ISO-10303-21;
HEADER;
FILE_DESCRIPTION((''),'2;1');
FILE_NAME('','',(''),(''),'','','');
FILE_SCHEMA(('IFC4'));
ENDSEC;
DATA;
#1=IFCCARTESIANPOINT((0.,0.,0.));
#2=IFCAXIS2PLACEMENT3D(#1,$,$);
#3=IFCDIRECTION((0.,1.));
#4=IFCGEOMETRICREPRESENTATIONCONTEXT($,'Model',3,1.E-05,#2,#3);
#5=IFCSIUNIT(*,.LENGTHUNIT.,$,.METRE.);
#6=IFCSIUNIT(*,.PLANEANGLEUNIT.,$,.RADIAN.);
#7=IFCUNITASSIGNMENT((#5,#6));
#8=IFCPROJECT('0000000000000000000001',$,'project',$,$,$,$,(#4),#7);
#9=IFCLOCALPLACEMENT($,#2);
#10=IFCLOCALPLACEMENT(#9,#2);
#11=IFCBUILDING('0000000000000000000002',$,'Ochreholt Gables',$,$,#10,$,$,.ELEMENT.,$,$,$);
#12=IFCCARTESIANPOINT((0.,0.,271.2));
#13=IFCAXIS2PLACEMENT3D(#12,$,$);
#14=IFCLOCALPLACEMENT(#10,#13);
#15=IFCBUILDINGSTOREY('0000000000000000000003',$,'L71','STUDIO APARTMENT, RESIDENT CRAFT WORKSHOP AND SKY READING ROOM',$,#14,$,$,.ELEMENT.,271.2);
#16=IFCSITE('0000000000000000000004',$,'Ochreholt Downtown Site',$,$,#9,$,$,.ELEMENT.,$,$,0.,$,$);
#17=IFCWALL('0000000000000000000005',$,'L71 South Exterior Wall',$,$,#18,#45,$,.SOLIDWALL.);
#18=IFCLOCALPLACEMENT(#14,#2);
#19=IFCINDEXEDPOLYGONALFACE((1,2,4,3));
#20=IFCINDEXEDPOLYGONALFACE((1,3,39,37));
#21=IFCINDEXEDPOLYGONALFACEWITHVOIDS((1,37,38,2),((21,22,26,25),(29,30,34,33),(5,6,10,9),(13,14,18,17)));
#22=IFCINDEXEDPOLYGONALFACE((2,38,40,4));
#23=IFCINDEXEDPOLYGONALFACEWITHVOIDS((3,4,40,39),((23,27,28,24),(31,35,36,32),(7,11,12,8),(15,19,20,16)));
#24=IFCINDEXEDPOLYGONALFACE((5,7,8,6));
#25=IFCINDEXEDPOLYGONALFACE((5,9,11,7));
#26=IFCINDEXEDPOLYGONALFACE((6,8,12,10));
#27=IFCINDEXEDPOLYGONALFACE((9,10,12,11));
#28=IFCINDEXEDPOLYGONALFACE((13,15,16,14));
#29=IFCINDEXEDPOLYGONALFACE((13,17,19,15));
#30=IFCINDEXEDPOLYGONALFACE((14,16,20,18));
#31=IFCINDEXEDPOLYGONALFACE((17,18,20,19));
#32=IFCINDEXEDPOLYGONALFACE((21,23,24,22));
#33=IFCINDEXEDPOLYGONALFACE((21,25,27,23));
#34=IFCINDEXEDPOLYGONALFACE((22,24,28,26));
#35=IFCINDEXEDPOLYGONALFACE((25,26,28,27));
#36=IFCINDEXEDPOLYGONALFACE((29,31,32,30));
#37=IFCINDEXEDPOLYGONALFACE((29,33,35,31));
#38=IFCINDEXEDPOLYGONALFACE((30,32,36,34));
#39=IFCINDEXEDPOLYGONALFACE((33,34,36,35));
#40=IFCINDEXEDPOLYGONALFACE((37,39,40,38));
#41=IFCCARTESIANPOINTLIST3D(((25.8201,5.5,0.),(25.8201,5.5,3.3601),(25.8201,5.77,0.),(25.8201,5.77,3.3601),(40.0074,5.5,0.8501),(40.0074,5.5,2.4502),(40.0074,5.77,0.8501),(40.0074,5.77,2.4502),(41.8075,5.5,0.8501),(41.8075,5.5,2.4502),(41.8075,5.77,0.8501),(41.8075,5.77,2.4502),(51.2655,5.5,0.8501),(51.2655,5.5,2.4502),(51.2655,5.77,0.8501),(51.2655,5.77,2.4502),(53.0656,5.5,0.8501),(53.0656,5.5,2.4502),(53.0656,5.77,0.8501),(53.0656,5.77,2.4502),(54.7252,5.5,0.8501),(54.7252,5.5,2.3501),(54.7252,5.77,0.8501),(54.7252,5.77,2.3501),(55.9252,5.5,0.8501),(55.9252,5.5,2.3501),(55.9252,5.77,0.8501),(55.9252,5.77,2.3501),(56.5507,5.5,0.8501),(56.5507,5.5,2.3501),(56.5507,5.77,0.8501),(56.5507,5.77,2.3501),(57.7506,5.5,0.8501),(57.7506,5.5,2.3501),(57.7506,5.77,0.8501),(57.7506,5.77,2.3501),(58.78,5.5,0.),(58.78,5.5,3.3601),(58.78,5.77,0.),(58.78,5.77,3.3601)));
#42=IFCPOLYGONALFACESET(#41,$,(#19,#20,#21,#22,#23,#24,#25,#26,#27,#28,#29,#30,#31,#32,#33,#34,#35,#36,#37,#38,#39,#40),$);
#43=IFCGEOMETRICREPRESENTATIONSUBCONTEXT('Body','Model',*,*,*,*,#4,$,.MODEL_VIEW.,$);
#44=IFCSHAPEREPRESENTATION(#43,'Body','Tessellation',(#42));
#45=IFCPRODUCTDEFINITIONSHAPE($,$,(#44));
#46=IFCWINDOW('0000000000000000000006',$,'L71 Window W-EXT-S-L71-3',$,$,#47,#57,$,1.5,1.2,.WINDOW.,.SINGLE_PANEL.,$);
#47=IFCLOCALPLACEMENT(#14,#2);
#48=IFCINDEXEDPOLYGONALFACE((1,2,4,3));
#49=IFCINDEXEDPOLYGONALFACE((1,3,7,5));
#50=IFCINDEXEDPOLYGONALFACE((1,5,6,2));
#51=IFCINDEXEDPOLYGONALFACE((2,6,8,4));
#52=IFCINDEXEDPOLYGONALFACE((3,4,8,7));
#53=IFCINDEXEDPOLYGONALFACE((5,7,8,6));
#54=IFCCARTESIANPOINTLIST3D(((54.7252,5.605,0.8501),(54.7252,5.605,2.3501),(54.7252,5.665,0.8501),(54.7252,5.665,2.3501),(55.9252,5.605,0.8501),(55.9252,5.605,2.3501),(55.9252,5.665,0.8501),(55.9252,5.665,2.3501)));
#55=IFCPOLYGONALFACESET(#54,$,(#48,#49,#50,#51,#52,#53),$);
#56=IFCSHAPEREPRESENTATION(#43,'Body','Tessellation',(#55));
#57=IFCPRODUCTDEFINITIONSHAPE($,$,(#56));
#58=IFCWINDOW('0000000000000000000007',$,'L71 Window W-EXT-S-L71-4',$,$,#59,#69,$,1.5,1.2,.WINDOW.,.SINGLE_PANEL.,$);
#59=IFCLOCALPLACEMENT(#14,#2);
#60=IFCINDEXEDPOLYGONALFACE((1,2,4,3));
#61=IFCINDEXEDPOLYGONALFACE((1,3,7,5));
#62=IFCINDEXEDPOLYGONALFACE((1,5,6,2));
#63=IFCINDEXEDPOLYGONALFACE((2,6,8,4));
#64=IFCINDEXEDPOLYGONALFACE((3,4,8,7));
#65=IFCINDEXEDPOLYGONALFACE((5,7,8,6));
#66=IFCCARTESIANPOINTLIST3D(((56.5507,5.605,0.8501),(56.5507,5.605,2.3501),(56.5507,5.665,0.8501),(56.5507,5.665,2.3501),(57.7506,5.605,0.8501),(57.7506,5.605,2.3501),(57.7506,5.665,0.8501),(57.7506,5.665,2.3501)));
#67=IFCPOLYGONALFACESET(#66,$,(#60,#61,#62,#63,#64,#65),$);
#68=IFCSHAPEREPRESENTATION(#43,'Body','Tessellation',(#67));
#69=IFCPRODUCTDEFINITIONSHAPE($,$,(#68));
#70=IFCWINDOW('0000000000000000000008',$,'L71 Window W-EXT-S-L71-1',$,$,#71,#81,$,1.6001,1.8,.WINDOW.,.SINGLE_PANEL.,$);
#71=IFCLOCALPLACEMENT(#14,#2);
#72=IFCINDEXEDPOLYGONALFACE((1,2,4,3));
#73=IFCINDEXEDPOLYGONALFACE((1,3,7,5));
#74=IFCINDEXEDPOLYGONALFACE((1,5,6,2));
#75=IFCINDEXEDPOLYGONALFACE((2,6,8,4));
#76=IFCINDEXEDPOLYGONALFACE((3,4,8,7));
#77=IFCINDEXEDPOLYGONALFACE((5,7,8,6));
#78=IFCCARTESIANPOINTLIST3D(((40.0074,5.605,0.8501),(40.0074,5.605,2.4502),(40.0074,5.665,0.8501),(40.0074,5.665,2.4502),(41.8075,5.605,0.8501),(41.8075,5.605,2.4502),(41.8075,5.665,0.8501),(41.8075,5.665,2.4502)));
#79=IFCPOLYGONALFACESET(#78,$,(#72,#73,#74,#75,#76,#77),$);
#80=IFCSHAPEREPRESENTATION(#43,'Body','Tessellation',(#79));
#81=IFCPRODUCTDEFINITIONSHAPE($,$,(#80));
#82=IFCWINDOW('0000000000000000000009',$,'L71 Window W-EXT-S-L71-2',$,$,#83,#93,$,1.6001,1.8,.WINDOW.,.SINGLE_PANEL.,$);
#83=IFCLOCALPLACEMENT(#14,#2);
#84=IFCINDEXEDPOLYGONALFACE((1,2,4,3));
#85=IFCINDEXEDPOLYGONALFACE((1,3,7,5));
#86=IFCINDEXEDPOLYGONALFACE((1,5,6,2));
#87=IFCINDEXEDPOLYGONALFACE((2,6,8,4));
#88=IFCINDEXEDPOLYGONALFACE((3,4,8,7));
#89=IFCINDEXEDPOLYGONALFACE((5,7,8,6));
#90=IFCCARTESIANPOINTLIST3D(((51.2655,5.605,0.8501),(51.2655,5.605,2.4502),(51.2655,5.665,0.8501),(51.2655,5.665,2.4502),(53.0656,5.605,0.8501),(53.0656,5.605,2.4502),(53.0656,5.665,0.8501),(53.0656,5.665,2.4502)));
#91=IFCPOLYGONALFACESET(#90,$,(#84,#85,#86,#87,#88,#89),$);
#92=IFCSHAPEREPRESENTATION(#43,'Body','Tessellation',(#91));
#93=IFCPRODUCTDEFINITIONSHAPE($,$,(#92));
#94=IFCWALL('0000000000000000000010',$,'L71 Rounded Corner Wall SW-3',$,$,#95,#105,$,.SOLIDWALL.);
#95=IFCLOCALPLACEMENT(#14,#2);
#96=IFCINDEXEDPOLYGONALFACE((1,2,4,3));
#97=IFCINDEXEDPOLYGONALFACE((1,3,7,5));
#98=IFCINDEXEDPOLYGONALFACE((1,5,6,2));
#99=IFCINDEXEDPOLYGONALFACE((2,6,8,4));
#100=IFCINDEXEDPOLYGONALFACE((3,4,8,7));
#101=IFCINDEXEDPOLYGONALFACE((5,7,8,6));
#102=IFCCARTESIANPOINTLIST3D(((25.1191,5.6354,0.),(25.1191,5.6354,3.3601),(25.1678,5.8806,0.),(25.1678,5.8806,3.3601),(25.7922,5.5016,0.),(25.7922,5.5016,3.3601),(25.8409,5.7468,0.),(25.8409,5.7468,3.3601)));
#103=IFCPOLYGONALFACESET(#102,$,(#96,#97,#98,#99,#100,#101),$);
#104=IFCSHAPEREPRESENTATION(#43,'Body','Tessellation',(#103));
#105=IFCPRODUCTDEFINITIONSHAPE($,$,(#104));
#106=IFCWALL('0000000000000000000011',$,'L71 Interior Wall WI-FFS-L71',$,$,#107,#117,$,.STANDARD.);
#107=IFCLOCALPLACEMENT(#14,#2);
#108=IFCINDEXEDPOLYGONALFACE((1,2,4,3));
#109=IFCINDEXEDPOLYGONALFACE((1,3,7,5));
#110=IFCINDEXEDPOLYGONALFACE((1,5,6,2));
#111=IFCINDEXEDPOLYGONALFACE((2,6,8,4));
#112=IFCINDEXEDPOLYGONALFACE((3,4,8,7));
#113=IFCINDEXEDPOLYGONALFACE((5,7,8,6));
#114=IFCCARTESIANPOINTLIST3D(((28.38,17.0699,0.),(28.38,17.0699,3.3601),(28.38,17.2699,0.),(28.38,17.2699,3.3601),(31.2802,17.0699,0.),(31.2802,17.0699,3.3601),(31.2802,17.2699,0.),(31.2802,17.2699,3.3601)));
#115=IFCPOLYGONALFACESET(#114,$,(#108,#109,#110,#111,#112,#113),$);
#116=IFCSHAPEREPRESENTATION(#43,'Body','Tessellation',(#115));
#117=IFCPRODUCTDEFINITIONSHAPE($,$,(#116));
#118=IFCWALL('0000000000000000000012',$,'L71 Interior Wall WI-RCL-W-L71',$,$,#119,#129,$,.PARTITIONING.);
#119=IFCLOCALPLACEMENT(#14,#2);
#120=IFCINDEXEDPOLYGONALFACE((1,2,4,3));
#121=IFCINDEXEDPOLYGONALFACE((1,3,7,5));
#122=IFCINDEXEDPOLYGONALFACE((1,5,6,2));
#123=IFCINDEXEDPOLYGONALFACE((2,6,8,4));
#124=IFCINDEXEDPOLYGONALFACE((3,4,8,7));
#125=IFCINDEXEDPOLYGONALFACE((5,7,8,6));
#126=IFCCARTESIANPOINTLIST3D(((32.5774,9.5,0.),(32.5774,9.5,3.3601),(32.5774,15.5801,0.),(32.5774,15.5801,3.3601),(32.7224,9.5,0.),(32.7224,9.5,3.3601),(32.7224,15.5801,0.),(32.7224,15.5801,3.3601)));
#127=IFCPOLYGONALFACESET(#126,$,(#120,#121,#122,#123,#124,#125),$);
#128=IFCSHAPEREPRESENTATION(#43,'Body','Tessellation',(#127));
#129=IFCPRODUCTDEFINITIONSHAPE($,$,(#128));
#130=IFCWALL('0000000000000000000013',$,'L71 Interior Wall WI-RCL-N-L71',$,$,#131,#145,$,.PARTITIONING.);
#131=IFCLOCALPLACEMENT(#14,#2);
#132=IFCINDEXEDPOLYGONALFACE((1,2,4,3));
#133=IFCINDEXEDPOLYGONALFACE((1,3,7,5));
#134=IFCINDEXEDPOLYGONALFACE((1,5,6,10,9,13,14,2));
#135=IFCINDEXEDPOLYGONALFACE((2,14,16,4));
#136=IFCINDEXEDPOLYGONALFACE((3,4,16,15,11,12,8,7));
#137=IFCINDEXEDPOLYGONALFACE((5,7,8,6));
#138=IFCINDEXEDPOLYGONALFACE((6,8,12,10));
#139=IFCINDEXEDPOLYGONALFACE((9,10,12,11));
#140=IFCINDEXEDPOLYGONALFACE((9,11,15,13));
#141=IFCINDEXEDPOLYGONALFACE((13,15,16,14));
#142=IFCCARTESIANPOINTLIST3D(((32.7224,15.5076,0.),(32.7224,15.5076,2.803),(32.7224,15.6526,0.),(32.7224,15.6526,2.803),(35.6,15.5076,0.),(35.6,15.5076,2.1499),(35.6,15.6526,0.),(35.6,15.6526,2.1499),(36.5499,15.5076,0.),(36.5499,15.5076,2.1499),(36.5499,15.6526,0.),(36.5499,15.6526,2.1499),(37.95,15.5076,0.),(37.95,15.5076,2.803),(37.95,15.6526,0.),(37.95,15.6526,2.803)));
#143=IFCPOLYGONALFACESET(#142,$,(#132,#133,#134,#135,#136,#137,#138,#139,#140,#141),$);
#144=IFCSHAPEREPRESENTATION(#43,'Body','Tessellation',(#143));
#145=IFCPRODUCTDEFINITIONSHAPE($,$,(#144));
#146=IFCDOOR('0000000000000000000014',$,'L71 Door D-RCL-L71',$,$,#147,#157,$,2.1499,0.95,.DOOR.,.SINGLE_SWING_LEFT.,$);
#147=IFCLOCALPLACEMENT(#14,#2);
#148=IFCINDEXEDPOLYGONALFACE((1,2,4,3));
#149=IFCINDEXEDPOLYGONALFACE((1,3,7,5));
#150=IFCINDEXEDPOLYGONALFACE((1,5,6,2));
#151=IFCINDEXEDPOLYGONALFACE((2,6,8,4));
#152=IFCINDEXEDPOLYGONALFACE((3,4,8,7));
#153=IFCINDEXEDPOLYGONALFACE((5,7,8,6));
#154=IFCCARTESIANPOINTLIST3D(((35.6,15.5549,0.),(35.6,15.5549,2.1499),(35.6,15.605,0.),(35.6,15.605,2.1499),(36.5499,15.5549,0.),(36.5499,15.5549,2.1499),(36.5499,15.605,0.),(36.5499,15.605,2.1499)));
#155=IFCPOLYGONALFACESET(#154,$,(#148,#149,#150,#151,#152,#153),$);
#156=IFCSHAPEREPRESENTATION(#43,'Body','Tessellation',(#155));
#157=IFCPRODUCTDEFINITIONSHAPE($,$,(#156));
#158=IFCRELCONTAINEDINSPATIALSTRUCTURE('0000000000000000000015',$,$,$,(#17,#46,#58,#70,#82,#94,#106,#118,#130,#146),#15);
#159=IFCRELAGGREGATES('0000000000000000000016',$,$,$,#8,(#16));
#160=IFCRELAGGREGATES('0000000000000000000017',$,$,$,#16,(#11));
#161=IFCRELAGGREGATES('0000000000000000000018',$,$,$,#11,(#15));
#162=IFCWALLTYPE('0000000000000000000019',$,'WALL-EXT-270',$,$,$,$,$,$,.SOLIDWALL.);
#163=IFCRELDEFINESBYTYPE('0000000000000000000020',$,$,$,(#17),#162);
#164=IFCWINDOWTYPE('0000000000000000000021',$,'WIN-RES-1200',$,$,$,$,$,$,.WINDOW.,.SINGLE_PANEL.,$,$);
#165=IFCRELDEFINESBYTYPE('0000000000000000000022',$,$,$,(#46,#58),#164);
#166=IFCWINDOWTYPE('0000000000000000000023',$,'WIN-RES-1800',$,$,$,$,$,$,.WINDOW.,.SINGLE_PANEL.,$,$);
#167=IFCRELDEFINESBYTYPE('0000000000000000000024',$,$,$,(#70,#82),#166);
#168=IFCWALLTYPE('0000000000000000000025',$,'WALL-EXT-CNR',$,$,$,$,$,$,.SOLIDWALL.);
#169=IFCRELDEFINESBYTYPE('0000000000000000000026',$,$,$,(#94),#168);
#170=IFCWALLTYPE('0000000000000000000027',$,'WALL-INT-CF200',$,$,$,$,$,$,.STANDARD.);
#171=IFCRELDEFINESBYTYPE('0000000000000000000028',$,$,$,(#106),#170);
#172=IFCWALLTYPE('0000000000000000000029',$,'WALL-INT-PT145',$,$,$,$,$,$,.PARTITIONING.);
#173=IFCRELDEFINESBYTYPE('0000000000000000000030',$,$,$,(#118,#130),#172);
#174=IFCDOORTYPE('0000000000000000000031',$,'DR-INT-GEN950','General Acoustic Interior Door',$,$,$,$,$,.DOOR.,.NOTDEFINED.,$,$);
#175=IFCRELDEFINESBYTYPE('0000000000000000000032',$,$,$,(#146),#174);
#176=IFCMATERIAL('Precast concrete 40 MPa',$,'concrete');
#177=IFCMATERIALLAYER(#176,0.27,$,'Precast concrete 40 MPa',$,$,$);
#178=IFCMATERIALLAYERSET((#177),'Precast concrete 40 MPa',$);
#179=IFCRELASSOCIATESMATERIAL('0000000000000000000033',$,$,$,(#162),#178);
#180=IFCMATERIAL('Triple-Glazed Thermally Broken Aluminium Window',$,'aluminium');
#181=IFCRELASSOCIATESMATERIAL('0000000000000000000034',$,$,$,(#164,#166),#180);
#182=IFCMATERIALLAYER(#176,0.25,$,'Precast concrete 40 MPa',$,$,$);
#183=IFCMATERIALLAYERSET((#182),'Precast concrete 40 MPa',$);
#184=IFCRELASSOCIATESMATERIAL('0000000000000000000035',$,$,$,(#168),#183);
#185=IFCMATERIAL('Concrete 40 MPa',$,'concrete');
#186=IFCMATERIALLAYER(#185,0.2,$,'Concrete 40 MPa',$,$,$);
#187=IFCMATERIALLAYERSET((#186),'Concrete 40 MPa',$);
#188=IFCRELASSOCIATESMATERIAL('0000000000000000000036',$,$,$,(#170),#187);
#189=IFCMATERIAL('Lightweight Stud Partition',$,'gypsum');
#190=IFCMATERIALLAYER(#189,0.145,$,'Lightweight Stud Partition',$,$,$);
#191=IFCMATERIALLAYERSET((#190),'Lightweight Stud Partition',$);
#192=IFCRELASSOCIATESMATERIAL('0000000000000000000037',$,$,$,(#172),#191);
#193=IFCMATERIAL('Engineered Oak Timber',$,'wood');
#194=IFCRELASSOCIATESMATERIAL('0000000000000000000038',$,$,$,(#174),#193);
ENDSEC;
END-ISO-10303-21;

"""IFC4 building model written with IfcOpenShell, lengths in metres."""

from ifc_helpers import new_model, si_unit, direction, frame, frame_2d, origin, place, context, subcontext, project, spatial, rectangle, extrude, material, layer, layer_set, type_object, element, fill, save


model = new_model("IFC4")

# Units and contexts
model_context = context("Model", 3, precision=1e-05, world=origin(), true_north=direction((0.0, 1.0)))
body_context = subcontext(model_context, "Body", "Model", "MODEL_VIEW")
ifc_project = project(units=[si_unit("LENGTHUNIT", "METRE"), si_unit("PLANEANGLEUNIT", "RADIAN")], contexts=[model_context])

# Site, building, storey
site_placement = place(None, origin())
site = spatial("IfcSite", under=ifc_project, at=site_placement, Name="Ochreholt Downtown Site", CompositionType="ELEMENT", RefElevation=0.0)
building_placement = place(site_placement, origin())
building = spatial("IfcBuilding", under=site, at=building_placement, Name="Ochreholt Gables", CompositionType="ELEMENT")
storey_placement = place(building_placement, frame((0.0, 0.0, 271.2)))
storey = spatial("IfcBuildingStorey", under=building, at=storey_placement, Name="L71", Description="STUDIO APARTMENT, RESIDENT CRAFT WORKSHOP AND SKY READING ROOM", CompositionType="ELEMENT", Elevation=271.2)

# Wall, openings, windows
ifc_material_1 = material(Name="Precast concrete 40 MPa", Category="concrete")
ifc_layer_1 = layer(ifc_material_1, 0.27, Name="Precast concrete 40 MPa")
ifc_layer_set_1 = layer_set([ifc_layer_1], Name="Precast concrete 40 MPa")
wall_type_1 = type_object("IfcWallType", Name="WALL-EXT-270", PredefinedType="SOLIDWALL", material=ifc_layer_set_1)
wall_1_placement = place(storey_placement, frame((25.8201, 5.635, 0.0), z_axis=(0.0, 0.0, 1.0), x_axis=(1.0, 0.0, 0.0)))
wall_1 = element("IfcWall", 1, at=wall_1_placement, inside=storey, type_object=wall_type_1, Name="L71 South Exterior Wall", PredefinedType="SOLIDWALL", context=body_context, shape_type="SweptSolid", body=[
    extrude(rectangle(XDim=32.96, YDim=0.27, at=frame_2d((16.48, 0.0))), origin(), (0.0, 0.0, 1.0), 3.3601),
])
opening_1_placement = place(wall_1_placement, frame((14.1875, 0.0, 0.8501)))
opening_1 = element("IfcOpeningElement", 2, at=opening_1_placement, cuts=wall_1, PredefinedType="OPENING", context=body_context, shape_type="SweptSolid", body=[
    extrude(rectangle(XDim=1.8, YDim=1.6001, at=frame_2d((0.8999, 0.8))), frame((0.0, 0.145, 0.0), z_axis=(0.0, -1.0, 0.0), x_axis=(1.0, 0.0, 0.0)), (0.0, 0.0, 1.0), 0.29),
])
opening_2_placement = place(wall_1_placement, frame((25.4456, 0.0, 0.8501)))
opening_2 = element("IfcOpeningElement", 3, at=opening_2_placement, cuts=wall_1, PredefinedType="OPENING", context=body_context, shape_type="SweptSolid", body=[
    extrude(rectangle(XDim=1.8, YDim=1.6001, at=frame_2d((0.8999, 0.8))), frame((0.0, 0.145, 0.0), z_axis=(0.0, -1.0, 0.0), x_axis=(1.0, 0.0, 0.0)), (0.0, 0.0, 1.0), 0.29),
])
opening_3_placement = place(wall_1_placement, frame((28.905, 0.0, 0.8501)))
opening_3 = element("IfcOpeningElement", 4, at=opening_3_placement, cuts=wall_1, PredefinedType="OPENING", context=body_context, shape_type="SweptSolid", body=[
    extrude(rectangle(XDim=1.2, YDim=1.5, at=frame_2d((0.6001, 0.75))), frame((0.0, 0.145, 0.0), z_axis=(0.0, -1.0, 0.0), x_axis=(1.0, 0.0, 0.0)), (0.0, 0.0, 1.0), 0.29),
])
opening_4_placement = place(wall_1_placement, frame((30.7305, 0.0, 0.8501)))
opening_4 = element("IfcOpeningElement", 5, at=opening_4_placement, cuts=wall_1, PredefinedType="OPENING", context=body_context, shape_type="SweptSolid", body=[
    extrude(rectangle(XDim=1.2, YDim=1.5, at=frame_2d((0.6001, 0.75))), frame((0.0, 0.145, 0.0), z_axis=(0.0, -1.0, 0.0), x_axis=(1.0, 0.0, 0.0)), (0.0, 0.0, 1.0), 0.29),
])
ifc_material_2 = material(Name="Triple-Glazed Thermally Broken Aluminium Window", Category="aluminium")
window_type_1 = type_object("IfcWindowType", Name="WIN-RES-1200", PartitioningType="SINGLE_PANEL", PredefinedType="WINDOW", material=ifc_material_2)
window_1_placement = place(opening_3_placement, origin())
window_1 = element("IfcWindow", 6, at=window_1_placement, inside=storey, type_object=window_type_1, Name="L71 Window W-EXT-S-L71-3", OverallHeight=1.5, OverallWidth=1.2, PartitioningType="SINGLE_PANEL", PredefinedType="WINDOW", context=body_context, shape_type="SweptSolid", body=[
    extrude(rectangle(XDim=1.2, YDim=1.5, at=frame_2d((0.6001, 0.75))), frame((0.0, 0.03, 0.0), z_axis=(0.0, -1.0, 0.0), x_axis=(1.0, 0.0, 0.0)), (0.0, 0.0, 1.0), 0.0601),
])
fill(opening_3, window_1)
window_2_placement = place(opening_4_placement, origin())
window_2 = element("IfcWindow", 7, at=window_2_placement, inside=storey, type_object=window_type_1, Name="L71 Window W-EXT-S-L71-4", OverallHeight=1.5, OverallWidth=1.2, PartitioningType="SINGLE_PANEL", PredefinedType="WINDOW", context=body_context, shape_type="SweptSolid", body=[
    extrude(rectangle(XDim=1.2, YDim=1.5, at=frame_2d((0.6001, 0.75))), frame((0.0, 0.03, 0.0), z_axis=(0.0, -1.0, 0.0), x_axis=(1.0, 0.0, 0.0)), (0.0, 0.0, 1.0), 0.0601),
])
fill(opening_4, window_2)
window_type_2 = type_object("IfcWindowType", Name="WIN-RES-1800", PartitioningType="SINGLE_PANEL", PredefinedType="WINDOW", material=ifc_material_2)
window_3_placement = place(opening_1_placement, origin())
window_3 = element("IfcWindow", 8, at=window_3_placement, inside=storey, type_object=window_type_2, Name="L71 Window W-EXT-S-L71-1", OverallHeight=1.6001, OverallWidth=1.8, PartitioningType="SINGLE_PANEL", PredefinedType="WINDOW", context=body_context, shape_type="SweptSolid", body=[
    extrude(rectangle(XDim=1.8, YDim=1.6001, at=frame_2d((0.8999, 0.8))), frame((0.0, 0.03, 0.0), z_axis=(0.0, -1.0, 0.0), x_axis=(1.0, 0.0, 0.0)), (0.0, 0.0, 1.0), 0.0601),
])
fill(opening_1, window_3)
window_4_placement = place(opening_2_placement, origin())
window_4 = element("IfcWindow", 9, at=window_4_placement, inside=storey, type_object=window_type_2, Name="L71 Window W-EXT-S-L71-2", OverallHeight=1.6001, OverallWidth=1.8, PartitioningType="SINGLE_PANEL", PredefinedType="WINDOW", context=body_context, shape_type="SweptSolid", body=[
    extrude(rectangle(XDim=1.8, YDim=1.6001, at=frame_2d((0.8999, 0.8))), frame((0.0, 0.03, 0.0), z_axis=(0.0, -1.0, 0.0), x_axis=(1.0, 0.0, 0.0)), (0.0, 0.0, 1.0), 0.0601),
])
fill(opening_2, window_4)

# Walls
ifc_layer_2 = layer(ifc_material_1, 0.25, Name="Precast concrete 40 MPa")
ifc_layer_set_2 = layer_set([ifc_layer_2], Name="Precast concrete 40 MPa")
wall_type_2 = type_object("IfcWallType", Name="WALL-EXT-CNR", PredefinedType="SOLIDWALL", material=ifc_layer_set_2)
wall_2_placement = place(storey_placement, frame((25.1433, 5.7581, 0.0), z_axis=(0.0, 0.0, 1.0), x_axis=(0.980813, -0.194953, 0.0)))
element("IfcWall", 10, at=wall_2_placement, inside=storey, type_object=wall_type_2, Name="L71 Rounded Corner Wall SW-3", PredefinedType="SOLIDWALL", context=body_context, shape_type="SweptSolid", body=[
    extrude(rectangle(XDim=0.6863, YDim=0.25, at=frame_2d((0.3433, 0.0))), origin(), (0.0, 0.0, 1.0), 3.3601),
])
ifc_material_3 = material(Name="Concrete 40 MPa", Category="concrete")
ifc_layer_3 = layer(ifc_material_3, 0.2, Name="Concrete 40 MPa")
ifc_layer_set_3 = layer_set([ifc_layer_3], Name="Concrete 40 MPa")
wall_type_3 = type_object("IfcWallType", Name="WALL-INT-CF200", PredefinedType="STANDARD", material=ifc_layer_set_3)
wall_3_placement = place(storey_placement, frame((28.3799, 17.1699, 0.0), z_axis=(0.0, 0.0, 1.0), x_axis=(1.0, 0.0, 0.0)))
element("IfcWall", 11, at=wall_3_placement, inside=storey, type_object=wall_type_3, Name="L71 Interior Wall WI-FFS-L71", PredefinedType="STANDARD", context=body_context, shape_type="SweptSolid", body=[
    extrude(rectangle(XDim=2.9001, YDim=0.2, at=frame_2d((1.4502, 0.0))), origin(), (0.0, 0.0, 1.0), 3.3601),
])

# Wall
ifc_material_4 = material(Name="Lightweight Stud Partition", Category="gypsum")
ifc_layer_4 = layer(ifc_material_4, 0.145, Name="Lightweight Stud Partition")
ifc_layer_set_4 = layer_set([ifc_layer_4], Name="Lightweight Stud Partition")
wall_type_4 = type_object("IfcWallType", Name="WALL-INT-PT145", PredefinedType="PARTITIONING", material=ifc_layer_set_4)
wall_4_placement = place(storey_placement, frame((32.6499, 9.5, 0.0), z_axis=(0.0, 0.0, 1.0), x_axis=(0.0, 1.0, 0.0)))
element("IfcWall", 12, at=wall_4_placement, inside=storey, type_object=wall_type_4, Name="L71 Interior Wall WI-RCL-W-L71", PredefinedType="PARTITIONING", context=body_context, shape_type="SweptSolid", body=[
    extrude(rectangle(XDim=6.0801, YDim=0.145, at=frame_2d((3.04, 0.0))), origin(), (0.0, 0.0, 1.0), 3.3601),
])

# Wall, opening, door
wall_5_placement = place(storey_placement, frame((32.7224, 15.5801, 0.0), z_axis=(0.0, 0.0, 1.0), x_axis=(1.0, 0.0, 0.0)))
wall_5 = element("IfcWall", 13, at=wall_5_placement, inside=storey, type_object=wall_type_4, Name="L71 Interior Wall WI-RCL-N-L71", PredefinedType="PARTITIONING", context=body_context, shape_type="SweptSolid", body=[
    extrude(rectangle(XDim=5.2275, YDim=0.145, at=frame_2d((2.6138, 0.0))), origin(), (0.0, 0.0, 1.0), 2.803),
])
opening_5_placement = place(wall_5_placement, frame((2.8774, 0.0, 0.0)))
opening_5 = element("IfcOpeningElement", 14, at=opening_5_placement, cuts=wall_5, PredefinedType="OPENING", context=body_context, shape_type="SweptSolid", body=[
    extrude(rectangle(XDim=0.95, YDim=2.1499, at=frame_2d((0.4751, 1.075))), frame((0.0, 0.0825, 0.0), z_axis=(0.0, -1.0, 0.0), x_axis=(1.0, 0.0, 0.0)), (0.0, 0.0, 1.0), 0.165),
])
ifc_material_5 = material(Name="Engineered Oak Timber", Category="wood")
door_type_1 = type_object("IfcDoorType", Name="DR-INT-GEN950", Description="General Acoustic Interior Door", OperationType="NOTDEFINED", PredefinedType="DOOR", material=ifc_material_5)
door_1_placement = place(opening_5_placement, origin())
door_1 = element("IfcDoor", 15, at=door_1_placement, inside=storey, type_object=door_type_1, Name="L71 Door D-RCL-L71", OperationType="SINGLE_SWING_LEFT", OverallHeight=2.1499, OverallWidth=0.95, PredefinedType="DOOR", context=body_context, shape_type="SweptSolid", body=[
    extrude(rectangle(XDim=0.95, YDim=2.1499, at=frame_2d((0.4751, 1.075))), frame((0.0, 0.0249, 0.0), z_axis=(0.0, -1.0, 0.0), x_axis=(1.0, 0.0, 0.0)), (0.0, 0.0, 1.0), 0.05),
])
fill(opening_5, door_1)

save(model, "model.ifc")
